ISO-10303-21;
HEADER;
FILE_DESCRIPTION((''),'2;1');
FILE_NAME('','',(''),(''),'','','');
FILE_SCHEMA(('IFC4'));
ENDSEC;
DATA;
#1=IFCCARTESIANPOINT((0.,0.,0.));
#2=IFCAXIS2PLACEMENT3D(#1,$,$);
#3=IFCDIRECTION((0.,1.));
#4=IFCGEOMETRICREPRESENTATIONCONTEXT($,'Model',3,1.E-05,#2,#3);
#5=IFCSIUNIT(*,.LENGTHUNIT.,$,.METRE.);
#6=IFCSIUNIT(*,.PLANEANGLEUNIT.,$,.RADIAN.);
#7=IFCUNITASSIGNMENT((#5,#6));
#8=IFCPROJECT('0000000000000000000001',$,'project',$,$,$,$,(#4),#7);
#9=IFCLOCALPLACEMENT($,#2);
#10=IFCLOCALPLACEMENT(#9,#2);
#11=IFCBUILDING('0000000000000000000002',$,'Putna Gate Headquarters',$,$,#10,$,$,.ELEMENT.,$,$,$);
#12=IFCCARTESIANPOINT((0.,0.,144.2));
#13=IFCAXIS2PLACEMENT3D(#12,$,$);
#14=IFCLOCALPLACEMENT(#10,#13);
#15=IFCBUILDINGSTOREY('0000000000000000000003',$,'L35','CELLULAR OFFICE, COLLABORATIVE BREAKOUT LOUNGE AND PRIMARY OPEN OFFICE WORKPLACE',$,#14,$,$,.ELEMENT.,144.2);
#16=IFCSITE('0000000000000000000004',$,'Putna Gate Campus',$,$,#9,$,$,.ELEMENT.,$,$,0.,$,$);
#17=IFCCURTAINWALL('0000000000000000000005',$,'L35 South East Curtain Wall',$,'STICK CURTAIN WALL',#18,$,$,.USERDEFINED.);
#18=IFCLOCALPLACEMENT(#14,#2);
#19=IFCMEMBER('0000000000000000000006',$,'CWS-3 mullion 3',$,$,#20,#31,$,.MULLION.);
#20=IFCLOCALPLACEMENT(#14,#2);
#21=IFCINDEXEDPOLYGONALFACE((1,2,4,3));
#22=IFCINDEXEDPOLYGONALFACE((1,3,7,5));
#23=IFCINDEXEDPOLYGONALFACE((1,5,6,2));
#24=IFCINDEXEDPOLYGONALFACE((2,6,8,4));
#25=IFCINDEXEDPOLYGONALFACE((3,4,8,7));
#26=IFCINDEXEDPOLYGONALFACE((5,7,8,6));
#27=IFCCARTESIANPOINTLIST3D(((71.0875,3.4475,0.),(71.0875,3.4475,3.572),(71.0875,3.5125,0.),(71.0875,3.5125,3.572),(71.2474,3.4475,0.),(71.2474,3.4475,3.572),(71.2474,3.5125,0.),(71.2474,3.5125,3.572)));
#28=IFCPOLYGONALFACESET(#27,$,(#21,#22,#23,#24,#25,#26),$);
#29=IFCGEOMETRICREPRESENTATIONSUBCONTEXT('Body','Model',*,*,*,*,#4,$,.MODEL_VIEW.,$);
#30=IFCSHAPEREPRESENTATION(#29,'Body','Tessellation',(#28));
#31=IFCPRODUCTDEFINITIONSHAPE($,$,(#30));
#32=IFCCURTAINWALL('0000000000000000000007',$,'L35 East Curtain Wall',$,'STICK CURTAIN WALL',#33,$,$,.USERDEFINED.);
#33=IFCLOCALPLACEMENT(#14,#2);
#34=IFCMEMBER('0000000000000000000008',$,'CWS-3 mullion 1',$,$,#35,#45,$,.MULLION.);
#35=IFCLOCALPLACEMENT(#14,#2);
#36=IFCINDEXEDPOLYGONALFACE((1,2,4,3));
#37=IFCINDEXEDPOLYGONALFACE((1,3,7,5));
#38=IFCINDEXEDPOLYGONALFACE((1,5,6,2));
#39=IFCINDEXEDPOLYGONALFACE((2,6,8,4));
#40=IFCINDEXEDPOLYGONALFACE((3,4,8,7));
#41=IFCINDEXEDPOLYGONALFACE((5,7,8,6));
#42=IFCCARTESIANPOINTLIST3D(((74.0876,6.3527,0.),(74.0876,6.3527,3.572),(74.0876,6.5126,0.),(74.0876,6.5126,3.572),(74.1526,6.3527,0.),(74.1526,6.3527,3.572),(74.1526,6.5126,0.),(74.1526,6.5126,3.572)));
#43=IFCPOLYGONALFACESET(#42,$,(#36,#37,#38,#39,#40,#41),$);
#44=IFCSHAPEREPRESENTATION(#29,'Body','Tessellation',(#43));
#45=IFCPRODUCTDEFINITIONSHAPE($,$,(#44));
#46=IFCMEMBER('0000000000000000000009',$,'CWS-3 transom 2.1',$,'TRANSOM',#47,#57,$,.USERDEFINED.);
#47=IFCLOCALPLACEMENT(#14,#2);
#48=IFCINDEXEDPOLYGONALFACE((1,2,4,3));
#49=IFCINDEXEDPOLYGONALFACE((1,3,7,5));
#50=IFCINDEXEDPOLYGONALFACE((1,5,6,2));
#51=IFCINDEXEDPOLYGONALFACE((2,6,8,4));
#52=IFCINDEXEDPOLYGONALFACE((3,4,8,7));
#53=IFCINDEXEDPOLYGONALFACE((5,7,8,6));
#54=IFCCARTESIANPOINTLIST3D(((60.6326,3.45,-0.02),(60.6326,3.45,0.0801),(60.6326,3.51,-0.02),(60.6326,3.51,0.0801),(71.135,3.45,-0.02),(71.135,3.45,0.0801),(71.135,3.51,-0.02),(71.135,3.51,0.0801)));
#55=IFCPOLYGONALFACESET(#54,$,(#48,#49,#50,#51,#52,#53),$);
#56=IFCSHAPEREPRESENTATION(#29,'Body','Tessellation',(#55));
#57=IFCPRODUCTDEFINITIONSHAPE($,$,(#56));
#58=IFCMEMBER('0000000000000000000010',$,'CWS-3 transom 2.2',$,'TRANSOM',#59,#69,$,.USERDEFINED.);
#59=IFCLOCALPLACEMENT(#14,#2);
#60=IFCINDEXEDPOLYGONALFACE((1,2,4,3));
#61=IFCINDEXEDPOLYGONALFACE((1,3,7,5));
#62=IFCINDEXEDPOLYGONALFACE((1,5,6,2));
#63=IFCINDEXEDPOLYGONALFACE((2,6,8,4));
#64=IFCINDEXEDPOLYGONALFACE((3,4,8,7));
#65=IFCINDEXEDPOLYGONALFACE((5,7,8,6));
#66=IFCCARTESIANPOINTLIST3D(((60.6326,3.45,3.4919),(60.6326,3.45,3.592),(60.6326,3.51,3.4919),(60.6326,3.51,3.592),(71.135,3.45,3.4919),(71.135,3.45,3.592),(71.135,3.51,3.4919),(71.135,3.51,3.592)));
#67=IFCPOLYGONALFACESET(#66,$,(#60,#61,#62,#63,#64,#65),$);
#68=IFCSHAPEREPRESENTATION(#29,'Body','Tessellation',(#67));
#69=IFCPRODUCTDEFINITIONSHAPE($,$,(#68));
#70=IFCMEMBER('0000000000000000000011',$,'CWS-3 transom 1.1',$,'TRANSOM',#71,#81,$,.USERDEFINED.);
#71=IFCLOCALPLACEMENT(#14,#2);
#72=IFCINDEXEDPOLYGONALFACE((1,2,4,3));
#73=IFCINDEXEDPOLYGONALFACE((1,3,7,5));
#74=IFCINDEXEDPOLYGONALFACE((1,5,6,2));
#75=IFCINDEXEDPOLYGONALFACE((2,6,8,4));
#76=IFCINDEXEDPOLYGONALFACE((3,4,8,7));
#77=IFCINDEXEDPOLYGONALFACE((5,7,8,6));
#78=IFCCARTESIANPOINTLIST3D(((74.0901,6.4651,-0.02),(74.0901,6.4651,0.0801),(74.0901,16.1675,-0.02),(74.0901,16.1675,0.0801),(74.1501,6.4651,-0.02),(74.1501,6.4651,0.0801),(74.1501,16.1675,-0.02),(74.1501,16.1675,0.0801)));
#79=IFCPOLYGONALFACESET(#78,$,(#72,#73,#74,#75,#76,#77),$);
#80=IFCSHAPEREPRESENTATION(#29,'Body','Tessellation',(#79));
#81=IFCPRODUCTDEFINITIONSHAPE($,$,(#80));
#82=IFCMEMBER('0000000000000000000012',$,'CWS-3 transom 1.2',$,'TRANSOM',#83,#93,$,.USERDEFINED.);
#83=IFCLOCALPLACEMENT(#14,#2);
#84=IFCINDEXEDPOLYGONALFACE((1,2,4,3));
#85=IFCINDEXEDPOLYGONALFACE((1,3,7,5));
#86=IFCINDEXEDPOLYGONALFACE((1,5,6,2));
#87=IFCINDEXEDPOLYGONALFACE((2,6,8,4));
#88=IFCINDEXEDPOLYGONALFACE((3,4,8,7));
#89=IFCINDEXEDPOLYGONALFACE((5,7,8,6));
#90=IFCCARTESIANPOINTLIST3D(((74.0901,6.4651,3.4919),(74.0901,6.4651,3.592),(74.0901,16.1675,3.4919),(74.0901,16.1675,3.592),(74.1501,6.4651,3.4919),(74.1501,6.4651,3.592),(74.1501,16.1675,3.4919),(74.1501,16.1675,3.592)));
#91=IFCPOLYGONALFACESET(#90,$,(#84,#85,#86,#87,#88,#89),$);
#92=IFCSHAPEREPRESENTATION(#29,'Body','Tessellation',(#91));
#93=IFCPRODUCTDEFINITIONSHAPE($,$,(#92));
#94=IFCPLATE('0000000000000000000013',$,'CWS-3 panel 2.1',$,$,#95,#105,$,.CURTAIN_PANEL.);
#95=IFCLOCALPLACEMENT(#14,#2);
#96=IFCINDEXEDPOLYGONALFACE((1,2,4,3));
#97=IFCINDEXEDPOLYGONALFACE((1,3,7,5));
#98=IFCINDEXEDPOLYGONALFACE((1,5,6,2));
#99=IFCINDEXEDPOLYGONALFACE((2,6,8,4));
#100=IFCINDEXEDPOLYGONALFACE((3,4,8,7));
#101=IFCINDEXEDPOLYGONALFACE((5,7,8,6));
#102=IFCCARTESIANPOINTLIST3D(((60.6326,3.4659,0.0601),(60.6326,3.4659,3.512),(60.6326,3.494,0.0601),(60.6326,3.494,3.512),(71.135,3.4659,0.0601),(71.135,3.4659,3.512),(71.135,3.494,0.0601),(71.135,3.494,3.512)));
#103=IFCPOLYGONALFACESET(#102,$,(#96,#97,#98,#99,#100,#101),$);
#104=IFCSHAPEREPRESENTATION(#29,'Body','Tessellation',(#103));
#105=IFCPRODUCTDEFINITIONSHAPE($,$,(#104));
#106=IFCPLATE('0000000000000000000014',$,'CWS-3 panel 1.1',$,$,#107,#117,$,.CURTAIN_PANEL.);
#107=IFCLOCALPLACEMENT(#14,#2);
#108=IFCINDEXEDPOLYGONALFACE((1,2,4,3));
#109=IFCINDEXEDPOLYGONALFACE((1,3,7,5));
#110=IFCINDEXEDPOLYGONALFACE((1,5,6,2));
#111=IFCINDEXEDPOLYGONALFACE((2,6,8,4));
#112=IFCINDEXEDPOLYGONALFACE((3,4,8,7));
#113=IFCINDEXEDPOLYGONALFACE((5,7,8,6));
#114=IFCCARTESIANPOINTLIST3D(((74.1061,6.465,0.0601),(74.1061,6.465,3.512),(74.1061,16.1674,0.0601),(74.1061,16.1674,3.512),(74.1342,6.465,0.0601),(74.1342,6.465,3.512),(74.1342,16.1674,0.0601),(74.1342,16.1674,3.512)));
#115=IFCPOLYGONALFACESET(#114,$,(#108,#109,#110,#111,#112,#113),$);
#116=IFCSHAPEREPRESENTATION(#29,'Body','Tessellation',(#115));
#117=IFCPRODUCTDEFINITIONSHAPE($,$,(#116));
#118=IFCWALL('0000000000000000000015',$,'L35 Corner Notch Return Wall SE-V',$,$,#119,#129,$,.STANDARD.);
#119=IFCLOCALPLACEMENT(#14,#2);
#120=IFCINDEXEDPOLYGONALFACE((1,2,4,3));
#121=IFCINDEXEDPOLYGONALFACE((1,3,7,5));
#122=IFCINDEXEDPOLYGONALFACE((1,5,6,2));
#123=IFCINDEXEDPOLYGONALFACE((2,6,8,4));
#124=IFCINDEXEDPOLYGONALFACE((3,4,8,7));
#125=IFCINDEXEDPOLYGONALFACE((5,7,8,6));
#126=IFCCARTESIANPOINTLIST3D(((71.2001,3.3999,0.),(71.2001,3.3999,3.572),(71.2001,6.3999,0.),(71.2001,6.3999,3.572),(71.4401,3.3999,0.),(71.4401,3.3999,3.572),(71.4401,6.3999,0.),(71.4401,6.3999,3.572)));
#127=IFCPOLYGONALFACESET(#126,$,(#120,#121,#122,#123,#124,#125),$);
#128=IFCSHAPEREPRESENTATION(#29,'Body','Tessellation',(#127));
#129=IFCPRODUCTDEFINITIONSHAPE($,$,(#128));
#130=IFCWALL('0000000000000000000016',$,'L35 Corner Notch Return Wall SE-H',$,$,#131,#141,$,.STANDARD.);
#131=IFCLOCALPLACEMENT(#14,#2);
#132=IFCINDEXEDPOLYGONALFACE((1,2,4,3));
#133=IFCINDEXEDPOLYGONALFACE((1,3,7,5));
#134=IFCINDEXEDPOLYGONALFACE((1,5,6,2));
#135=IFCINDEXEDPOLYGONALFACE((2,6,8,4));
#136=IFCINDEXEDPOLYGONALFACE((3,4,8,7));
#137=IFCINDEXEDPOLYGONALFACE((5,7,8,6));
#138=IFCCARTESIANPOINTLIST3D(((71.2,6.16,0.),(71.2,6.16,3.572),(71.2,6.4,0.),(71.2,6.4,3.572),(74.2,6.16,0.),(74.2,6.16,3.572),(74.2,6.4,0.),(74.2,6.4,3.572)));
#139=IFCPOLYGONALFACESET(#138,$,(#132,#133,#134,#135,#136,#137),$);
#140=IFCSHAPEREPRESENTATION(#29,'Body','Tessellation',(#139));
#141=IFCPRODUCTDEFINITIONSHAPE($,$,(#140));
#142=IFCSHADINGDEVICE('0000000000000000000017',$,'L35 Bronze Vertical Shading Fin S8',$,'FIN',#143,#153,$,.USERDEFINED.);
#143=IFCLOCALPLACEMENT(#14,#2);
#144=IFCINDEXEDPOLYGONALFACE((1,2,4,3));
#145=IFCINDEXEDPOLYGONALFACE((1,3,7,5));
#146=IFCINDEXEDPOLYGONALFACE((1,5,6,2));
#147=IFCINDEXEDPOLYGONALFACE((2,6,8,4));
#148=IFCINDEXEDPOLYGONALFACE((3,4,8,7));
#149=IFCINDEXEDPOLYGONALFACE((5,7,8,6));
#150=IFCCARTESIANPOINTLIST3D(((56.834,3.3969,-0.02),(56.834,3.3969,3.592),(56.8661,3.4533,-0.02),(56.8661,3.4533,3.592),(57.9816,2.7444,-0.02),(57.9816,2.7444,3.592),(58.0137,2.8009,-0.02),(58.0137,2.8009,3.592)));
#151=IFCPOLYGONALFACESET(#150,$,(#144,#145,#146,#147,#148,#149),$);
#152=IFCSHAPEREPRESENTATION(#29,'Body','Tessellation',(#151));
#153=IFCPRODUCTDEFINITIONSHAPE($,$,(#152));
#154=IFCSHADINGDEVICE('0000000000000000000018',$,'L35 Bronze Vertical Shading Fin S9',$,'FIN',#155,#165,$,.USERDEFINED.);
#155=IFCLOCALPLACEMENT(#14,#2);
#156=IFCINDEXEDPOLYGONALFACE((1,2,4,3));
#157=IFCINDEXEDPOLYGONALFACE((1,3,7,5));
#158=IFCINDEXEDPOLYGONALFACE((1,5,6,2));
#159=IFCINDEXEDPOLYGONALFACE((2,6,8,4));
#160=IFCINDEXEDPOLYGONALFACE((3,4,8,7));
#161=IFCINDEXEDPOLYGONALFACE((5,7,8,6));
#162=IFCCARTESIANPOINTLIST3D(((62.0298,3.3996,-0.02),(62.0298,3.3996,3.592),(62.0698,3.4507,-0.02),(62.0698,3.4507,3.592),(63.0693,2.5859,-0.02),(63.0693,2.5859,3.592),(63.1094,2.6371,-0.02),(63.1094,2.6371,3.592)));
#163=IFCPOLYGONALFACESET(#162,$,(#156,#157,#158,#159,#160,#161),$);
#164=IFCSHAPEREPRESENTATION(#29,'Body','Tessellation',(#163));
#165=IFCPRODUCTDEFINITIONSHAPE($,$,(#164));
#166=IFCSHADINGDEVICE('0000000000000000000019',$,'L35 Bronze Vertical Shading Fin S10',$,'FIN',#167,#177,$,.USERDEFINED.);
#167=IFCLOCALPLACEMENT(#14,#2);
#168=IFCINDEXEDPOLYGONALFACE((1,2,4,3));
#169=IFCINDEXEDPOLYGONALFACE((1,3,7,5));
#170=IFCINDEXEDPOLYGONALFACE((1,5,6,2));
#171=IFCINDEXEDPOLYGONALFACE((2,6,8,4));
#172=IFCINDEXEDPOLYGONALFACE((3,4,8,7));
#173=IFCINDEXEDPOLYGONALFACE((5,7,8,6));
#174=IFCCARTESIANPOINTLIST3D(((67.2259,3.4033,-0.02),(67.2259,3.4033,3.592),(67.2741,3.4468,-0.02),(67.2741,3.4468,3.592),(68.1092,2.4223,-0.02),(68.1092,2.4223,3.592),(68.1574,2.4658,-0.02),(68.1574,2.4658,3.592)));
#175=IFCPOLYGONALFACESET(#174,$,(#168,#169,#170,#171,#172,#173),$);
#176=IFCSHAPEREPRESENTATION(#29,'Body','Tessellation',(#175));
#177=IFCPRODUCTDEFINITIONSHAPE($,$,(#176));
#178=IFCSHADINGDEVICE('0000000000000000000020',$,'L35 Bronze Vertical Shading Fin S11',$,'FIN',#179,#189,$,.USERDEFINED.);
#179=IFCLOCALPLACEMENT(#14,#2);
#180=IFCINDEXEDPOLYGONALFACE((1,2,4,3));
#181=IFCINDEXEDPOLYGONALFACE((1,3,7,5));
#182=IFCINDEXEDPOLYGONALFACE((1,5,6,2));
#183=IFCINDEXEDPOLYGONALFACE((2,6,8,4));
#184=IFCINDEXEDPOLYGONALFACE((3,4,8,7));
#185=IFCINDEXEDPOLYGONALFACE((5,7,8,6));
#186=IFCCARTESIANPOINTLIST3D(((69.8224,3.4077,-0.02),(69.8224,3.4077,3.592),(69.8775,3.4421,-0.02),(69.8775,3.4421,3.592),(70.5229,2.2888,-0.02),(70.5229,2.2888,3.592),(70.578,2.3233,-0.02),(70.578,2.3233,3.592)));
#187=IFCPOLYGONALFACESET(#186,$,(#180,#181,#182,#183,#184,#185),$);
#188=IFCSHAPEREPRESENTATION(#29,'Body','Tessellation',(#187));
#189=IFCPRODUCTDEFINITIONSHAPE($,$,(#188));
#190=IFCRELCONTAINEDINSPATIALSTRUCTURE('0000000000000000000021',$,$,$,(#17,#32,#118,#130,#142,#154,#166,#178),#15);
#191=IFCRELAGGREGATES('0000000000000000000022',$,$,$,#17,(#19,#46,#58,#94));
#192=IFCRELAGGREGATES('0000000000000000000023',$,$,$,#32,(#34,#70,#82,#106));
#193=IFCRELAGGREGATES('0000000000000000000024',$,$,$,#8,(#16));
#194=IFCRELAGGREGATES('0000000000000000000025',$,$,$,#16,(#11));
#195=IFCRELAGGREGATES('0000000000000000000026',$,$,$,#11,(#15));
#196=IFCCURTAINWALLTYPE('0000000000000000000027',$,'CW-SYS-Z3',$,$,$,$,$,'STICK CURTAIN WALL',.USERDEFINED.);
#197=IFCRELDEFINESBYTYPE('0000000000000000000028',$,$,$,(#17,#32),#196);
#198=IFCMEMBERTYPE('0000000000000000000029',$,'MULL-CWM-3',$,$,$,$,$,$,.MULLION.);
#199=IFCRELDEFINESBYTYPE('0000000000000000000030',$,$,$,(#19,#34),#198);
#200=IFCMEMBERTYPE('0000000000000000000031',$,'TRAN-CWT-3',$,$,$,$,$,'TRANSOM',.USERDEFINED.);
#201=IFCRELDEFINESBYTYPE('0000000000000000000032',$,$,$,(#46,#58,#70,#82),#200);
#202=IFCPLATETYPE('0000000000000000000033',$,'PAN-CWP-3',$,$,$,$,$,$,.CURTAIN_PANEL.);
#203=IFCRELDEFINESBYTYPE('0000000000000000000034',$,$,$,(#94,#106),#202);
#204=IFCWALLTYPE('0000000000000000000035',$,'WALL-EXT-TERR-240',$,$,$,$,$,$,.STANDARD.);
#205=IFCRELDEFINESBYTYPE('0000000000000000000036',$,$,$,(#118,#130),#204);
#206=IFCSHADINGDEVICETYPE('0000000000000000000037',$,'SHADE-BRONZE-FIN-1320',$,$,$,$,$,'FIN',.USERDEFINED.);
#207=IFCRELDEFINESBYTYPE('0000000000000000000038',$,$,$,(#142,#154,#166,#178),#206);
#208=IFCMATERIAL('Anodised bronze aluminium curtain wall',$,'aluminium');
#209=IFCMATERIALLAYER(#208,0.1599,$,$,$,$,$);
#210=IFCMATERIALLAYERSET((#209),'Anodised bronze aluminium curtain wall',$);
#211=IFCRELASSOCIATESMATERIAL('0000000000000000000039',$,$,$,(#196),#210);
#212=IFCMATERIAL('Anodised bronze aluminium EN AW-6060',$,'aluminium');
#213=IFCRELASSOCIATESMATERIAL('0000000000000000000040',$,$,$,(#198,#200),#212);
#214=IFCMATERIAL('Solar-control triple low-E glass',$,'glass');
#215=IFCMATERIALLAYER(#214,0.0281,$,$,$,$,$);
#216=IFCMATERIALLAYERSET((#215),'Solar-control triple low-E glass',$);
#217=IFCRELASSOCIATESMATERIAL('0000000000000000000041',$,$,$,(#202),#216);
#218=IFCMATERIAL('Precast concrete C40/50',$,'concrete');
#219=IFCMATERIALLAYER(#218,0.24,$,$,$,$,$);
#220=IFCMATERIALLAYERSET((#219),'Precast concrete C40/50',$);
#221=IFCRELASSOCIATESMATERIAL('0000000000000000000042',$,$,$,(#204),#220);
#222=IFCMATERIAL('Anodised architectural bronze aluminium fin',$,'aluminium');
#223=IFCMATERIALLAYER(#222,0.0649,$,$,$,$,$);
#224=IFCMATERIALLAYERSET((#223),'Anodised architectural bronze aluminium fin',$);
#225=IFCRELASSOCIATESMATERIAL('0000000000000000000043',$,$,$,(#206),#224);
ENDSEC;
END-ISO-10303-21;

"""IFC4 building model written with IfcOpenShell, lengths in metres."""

from ifc_helpers import new_model, si_unit, direction, frame, frame_2d, origin, origin_2d, place, context, subcontext, project, spatial, rectangle, extrude, material, layer, layer_set, material_profile, profile_set, type_object, element, aggregate, save


model = new_model("IFC4")

# Units and contexts
model_context = context("Model", 3, precision=1e-05, world=origin(), true_north=direction((0.0, 1.0)))
body_context = subcontext(model_context, "Body", "Model", "MODEL_VIEW")
ifc_project = project(units=[si_unit("LENGTHUNIT", "METRE"), si_unit("PLANEANGLEUNIT", "RADIAN")], contexts=[model_context])

# Site, building, storey
site_placement = place(None, origin())
site = spatial("IfcSite", under=ifc_project, at=site_placement, Name="Putna Gate Campus", CompositionType="ELEMENT", RefElevation=0.0)
building_placement = place(site_placement, origin())
building = spatial("IfcBuilding", under=site, at=building_placement, Name="Putna Gate Headquarters", CompositionType="ELEMENT")
storey_placement = place(building_placement, frame((0.0, 0.0, 144.2)))
storey = spatial("IfcBuildingStorey", under=building, at=storey_placement, Name="L35", Description="CELLULAR OFFICE, COLLABORATIVE BREAKOUT LOUNGE AND PRIMARY OPEN OFFICE WORKPLACE", CompositionType="ELEMENT", Elevation=144.2)

# Curtain wall, member
ifc_material_1 = material(Name="Anodised bronze aluminium curtain wall", Category="aluminium")
ifc_layer_1 = layer(ifc_material_1, 0.1599)
ifc_layer_set_1 = layer_set([ifc_layer_1], Name="Anodised bronze aluminium curtain wall")
curtain_wall_type = type_object("IfcCurtainWallType", Name="CW-SYS-Z3", ElementType="STICK CURTAIN WALL", PredefinedType="USERDEFINED", material=ifc_layer_set_1)
curtain_wall_1_placement = place(storey_placement, origin())
curtain_wall_1 = element("IfcCurtainWall", 1, at=curtain_wall_1_placement, inside=storey, type_object=curtain_wall_type, Name="L35 South East Curtain Wall", ObjectType="STICK CURTAIN WALL", PredefinedType="USERDEFINED")
ifc_material_2 = material(Name="Anodised bronze aluminium EN AW-6060", Category="aluminium")
ifc_material_profile_1 = material_profile(ifc_material_2, rectangle(XDim=0.0649, YDim=0.1599, at=origin_2d()), Name="Anodised bronze aluminium EN AW-6060")
ifc_profile_set_1 = profile_set([ifc_material_profile_1], Name="Anodised bronze aluminium EN AW-6060")
member_type_1 = type_object("IfcMemberType", Name="MULL-CWM-3", PredefinedType="MULLION", material=ifc_profile_set_1)
member_1_placement = place(storey_placement, frame((71.1675, 3.48, 0.0), z_axis=(0.0, 0.0, 1.0), x_axis=(0.0, 1.0, 0.0)))
member_1 = element("IfcMember", 2, at=member_1_placement, type_object=member_type_1, Name="CWS-3 mullion 3", PredefinedType="MULLION", context=body_context, shape_type="SweptSolid", body=[
    extrude(rectangle(XDim=0.0649, YDim=0.1599, at=origin_2d()), origin(), (0.0, 0.0, 1.0), 3.572),
])

# Curtain wall, member
curtain_wall_2_placement = place(storey_placement, origin())
curtain_wall_2 = element("IfcCurtainWall", 3, at=curtain_wall_2_placement, inside=storey, type_object=curtain_wall_type, Name="L35 East Curtain Wall", ObjectType="STICK CURTAIN WALL", PredefinedType="USERDEFINED")
member_2_placement = place(storey_placement, frame((74.1201, 6.4326, 0.0), z_axis=(0.0, 0.0, 1.0), x_axis=(-1.0, 0.0, 0.0)))
member_2 = element("IfcMember", 4, at=member_2_placement, type_object=member_type_1, Name="CWS-3 mullion 1", PredefinedType="MULLION", context=body_context, shape_type="SweptSolid", body=[
    extrude(rectangle(XDim=0.0649, YDim=0.1599, at=origin_2d()), origin(), (0.0, 0.0, 1.0), 3.572),
])

# Members
ifc_material_profile_2 = material_profile(ifc_material_2, rectangle(XDim=0.0601, YDim=0.1001, at=origin_2d()), Name="Anodised bronze aluminium EN AW-6060")
ifc_profile_set_2 = profile_set([ifc_material_profile_2], Name="Anodised bronze aluminium EN AW-6060")
member_type_2 = type_object("IfcMemberType", Name="TRAN-CWT-3", ElementType="TRANSOM", PredefinedType="USERDEFINED", material=ifc_profile_set_2)
member_3_placement = place(storey_placement, frame((60.6326, 3.48, 0.03), z_axis=(1.0, 0.0, 0.0), x_axis=(0.0, 1.0, 0.0)))
member_3 = element("IfcMember", 5, at=member_3_placement, type_object=member_type_2, Name="CWS-3 transom 2.1", ObjectType="TRANSOM", PredefinedType="USERDEFINED", context=body_context, shape_type="SweptSolid", body=[
    extrude(rectangle(XDim=0.0601, YDim=0.1001, at=origin_2d()), origin(), (0.0, 0.0, 1.0), 10.5024),
])
member_4_placement = place(storey_placement, frame((60.6326, 3.48, 3.542), z_axis=(1.0, 0.0, 0.0), x_axis=(0.0, 1.0, 0.0)))
member_4 = element("IfcMember", 6, at=member_4_placement, type_object=member_type_2, Name="CWS-3 transom 2.2", ObjectType="TRANSOM", PredefinedType="USERDEFINED", context=body_context, shape_type="SweptSolid", body=[
    extrude(rectangle(XDim=0.0601, YDim=0.1001, at=origin_2d()), origin(), (0.0, 0.0, 1.0), 10.5024),
])
member_5_placement = place(storey_placement, frame((74.1201, 6.4651, 0.03), z_axis=(0.0, 1.0, 0.0), x_axis=(-1.0, 0.0, 0.0)))
member_5 = element("IfcMember", 7, at=member_5_placement, type_object=member_type_2, Name="CWS-3 transom 1.1", ObjectType="TRANSOM", PredefinedType="USERDEFINED", context=body_context, shape_type="SweptSolid", body=[
    extrude(rectangle(XDim=0.0601, YDim=0.1001, at=origin_2d()), origin(), (0.0, 0.0, 1.0), 9.7024),
])
member_6_placement = place(storey_placement, frame((74.1201, 6.4651, 3.542), z_axis=(0.0, 1.0, 0.0), x_axis=(-1.0, 0.0, 0.0)))
member_6 = element("IfcMember", 8, at=member_6_placement, type_object=member_type_2, Name="CWS-3 transom 1.2", ObjectType="TRANSOM", PredefinedType="USERDEFINED", context=body_context, shape_type="SweptSolid", body=[
    extrude(rectangle(XDim=0.0601, YDim=0.1001, at=origin_2d()), origin(), (0.0, 0.0, 1.0), 9.7024),
])

# Plates
ifc_material_3 = material(Name="Solar-control triple low-E glass", Category="glass")
ifc_layer_2 = layer(ifc_material_3, 0.0281)
ifc_layer_set_2 = layer_set([ifc_layer_2], Name="Solar-control triple low-E glass")
plate_type = type_object("IfcPlateType", Name="PAN-CWP-3", PredefinedType="CURTAIN_PANEL", material=ifc_layer_set_2)
plate_1_placement = place(storey_placement, frame((65.8838, 3.48, 0.0601), z_axis=(0.0, 0.0, 1.0), x_axis=(1.0, 0.0, 0.0)))
plate_1 = element("IfcPlate", 9, at=plate_1_placement, type_object=plate_type, Name="CWS-3 panel 2.1", PredefinedType="CURTAIN_PANEL", context=body_context, shape_type="SweptSolid", body=[
    extrude(rectangle(XDim=10.5024, YDim=0.0281, at=origin_2d()), origin(), (0.0, 0.0, 1.0), 3.4519),
])
aggregate(curtain_wall_1, [member_1, member_3, member_4, plate_1])
plate_2_placement = place(storey_placement, frame((74.1201, 11.3162, 0.0601), z_axis=(0.0, 0.0, 1.0), x_axis=(0.0, 1.0, 0.0)))
plate_2 = element("IfcPlate", 10, at=plate_2_placement, type_object=plate_type, Name="CWS-3 panel 1.1", PredefinedType="CURTAIN_PANEL", context=body_context, shape_type="SweptSolid", body=[
    extrude(rectangle(XDim=9.7024, YDim=0.0281, at=origin_2d()), origin(), (0.0, 0.0, 1.0), 3.4519),
])
aggregate(curtain_wall_2, [member_2, member_5, member_6, plate_2])

# Walls
ifc_material_4 = material(Name="Precast concrete C40/50", Category="concrete")
ifc_layer_3 = layer(ifc_material_4, 0.24)
ifc_layer_set_3 = layer_set([ifc_layer_3], Name="Precast concrete C40/50")
wall_type = type_object("IfcWallType", Name="WALL-EXT-TERR-240", PredefinedType="STANDARD", material=ifc_layer_set_3)
for number, where, z_axis, x_axis, name in (
    (11, (71.3201, 6.3999, 0.0), (0.0, 0.0, 1.0), (0.0, -1.0, 0.0), "L35 Corner Notch Return Wall SE-V"),
    (12, (74.2, 6.28, 0.0), (0.0, 0.0, 1.0), (-1.0, 0.0, 0.0), "L35 Corner Notch Return Wall SE-H"),
):
    element("IfcWall", number, at=place(storey_placement, frame(where, z_axis=z_axis, x_axis=x_axis)), inside=storey, type_object=wall_type, Name=name, PredefinedType="STANDARD", context=body_context, shape_type="SweptSolid", body=[
        extrude(rectangle(XDim=3.0, YDim=0.24, at=frame_2d((1.5, 0.0))), origin(), (0.0, 0.0, 1.0), 3.572),
    ])

# Shading devices
ifc_material_5 = material(Name="Anodised architectural bronze aluminium fin", Category="aluminium")
ifc_layer_4 = layer(ifc_material_5, 0.0649)
ifc_layer_set_4 = layer_set([ifc_layer_4], Name="Anodised architectural bronze aluminium fin")
shading_device_type = type_object("IfcShadingDeviceType", Name="SHADE-BRONZE-FIN-1320", ElementType="FIN", PredefinedType="USERDEFINED", material=ifc_layer_set_4)
for number, where, z_axis, x_axis, name in (
    (13, (57.4238, 3.0989, -0.02), (0.0, 0.0, 1.0), (0.869322, -0.494245, 0.0), "L35 Bronze Vertical Shading Fin S8"),
    (14, (62.5696, 3.0183, -0.02), (0.0, 0.0, 1.0), (0.787473, -0.616349, 0.0), "L35 Bronze Vertical Shading Fin S9"),
    (15, (67.6917, 2.9346, -0.02), (0.0, 0.0, 1.0), (0.669131, -0.743145, 0.0), "L35 Bronze Vertical Shading Fin S10"),
    (16, (70.2002, 2.8655, -0.02), (0.0, 0.0, 1.0), (0.530659, -0.847585, 0.0), "L35 Bronze Vertical Shading Fin S11"),
):
    element("IfcShadingDevice", number, at=place(storey_placement, frame(where, z_axis=z_axis, x_axis=x_axis)), inside=storey, type_object=shading_device_type, Name=name, ObjectType="FIN", PredefinedType="USERDEFINED", context=body_context, shape_type="SweptSolid", body=[
        extrude(rectangle(XDim=1.3201, YDim=0.0649, at=origin_2d()), origin(), (0.0, 0.0, 1.0), 3.6121),
    ])

save(model, "model.ifc")
